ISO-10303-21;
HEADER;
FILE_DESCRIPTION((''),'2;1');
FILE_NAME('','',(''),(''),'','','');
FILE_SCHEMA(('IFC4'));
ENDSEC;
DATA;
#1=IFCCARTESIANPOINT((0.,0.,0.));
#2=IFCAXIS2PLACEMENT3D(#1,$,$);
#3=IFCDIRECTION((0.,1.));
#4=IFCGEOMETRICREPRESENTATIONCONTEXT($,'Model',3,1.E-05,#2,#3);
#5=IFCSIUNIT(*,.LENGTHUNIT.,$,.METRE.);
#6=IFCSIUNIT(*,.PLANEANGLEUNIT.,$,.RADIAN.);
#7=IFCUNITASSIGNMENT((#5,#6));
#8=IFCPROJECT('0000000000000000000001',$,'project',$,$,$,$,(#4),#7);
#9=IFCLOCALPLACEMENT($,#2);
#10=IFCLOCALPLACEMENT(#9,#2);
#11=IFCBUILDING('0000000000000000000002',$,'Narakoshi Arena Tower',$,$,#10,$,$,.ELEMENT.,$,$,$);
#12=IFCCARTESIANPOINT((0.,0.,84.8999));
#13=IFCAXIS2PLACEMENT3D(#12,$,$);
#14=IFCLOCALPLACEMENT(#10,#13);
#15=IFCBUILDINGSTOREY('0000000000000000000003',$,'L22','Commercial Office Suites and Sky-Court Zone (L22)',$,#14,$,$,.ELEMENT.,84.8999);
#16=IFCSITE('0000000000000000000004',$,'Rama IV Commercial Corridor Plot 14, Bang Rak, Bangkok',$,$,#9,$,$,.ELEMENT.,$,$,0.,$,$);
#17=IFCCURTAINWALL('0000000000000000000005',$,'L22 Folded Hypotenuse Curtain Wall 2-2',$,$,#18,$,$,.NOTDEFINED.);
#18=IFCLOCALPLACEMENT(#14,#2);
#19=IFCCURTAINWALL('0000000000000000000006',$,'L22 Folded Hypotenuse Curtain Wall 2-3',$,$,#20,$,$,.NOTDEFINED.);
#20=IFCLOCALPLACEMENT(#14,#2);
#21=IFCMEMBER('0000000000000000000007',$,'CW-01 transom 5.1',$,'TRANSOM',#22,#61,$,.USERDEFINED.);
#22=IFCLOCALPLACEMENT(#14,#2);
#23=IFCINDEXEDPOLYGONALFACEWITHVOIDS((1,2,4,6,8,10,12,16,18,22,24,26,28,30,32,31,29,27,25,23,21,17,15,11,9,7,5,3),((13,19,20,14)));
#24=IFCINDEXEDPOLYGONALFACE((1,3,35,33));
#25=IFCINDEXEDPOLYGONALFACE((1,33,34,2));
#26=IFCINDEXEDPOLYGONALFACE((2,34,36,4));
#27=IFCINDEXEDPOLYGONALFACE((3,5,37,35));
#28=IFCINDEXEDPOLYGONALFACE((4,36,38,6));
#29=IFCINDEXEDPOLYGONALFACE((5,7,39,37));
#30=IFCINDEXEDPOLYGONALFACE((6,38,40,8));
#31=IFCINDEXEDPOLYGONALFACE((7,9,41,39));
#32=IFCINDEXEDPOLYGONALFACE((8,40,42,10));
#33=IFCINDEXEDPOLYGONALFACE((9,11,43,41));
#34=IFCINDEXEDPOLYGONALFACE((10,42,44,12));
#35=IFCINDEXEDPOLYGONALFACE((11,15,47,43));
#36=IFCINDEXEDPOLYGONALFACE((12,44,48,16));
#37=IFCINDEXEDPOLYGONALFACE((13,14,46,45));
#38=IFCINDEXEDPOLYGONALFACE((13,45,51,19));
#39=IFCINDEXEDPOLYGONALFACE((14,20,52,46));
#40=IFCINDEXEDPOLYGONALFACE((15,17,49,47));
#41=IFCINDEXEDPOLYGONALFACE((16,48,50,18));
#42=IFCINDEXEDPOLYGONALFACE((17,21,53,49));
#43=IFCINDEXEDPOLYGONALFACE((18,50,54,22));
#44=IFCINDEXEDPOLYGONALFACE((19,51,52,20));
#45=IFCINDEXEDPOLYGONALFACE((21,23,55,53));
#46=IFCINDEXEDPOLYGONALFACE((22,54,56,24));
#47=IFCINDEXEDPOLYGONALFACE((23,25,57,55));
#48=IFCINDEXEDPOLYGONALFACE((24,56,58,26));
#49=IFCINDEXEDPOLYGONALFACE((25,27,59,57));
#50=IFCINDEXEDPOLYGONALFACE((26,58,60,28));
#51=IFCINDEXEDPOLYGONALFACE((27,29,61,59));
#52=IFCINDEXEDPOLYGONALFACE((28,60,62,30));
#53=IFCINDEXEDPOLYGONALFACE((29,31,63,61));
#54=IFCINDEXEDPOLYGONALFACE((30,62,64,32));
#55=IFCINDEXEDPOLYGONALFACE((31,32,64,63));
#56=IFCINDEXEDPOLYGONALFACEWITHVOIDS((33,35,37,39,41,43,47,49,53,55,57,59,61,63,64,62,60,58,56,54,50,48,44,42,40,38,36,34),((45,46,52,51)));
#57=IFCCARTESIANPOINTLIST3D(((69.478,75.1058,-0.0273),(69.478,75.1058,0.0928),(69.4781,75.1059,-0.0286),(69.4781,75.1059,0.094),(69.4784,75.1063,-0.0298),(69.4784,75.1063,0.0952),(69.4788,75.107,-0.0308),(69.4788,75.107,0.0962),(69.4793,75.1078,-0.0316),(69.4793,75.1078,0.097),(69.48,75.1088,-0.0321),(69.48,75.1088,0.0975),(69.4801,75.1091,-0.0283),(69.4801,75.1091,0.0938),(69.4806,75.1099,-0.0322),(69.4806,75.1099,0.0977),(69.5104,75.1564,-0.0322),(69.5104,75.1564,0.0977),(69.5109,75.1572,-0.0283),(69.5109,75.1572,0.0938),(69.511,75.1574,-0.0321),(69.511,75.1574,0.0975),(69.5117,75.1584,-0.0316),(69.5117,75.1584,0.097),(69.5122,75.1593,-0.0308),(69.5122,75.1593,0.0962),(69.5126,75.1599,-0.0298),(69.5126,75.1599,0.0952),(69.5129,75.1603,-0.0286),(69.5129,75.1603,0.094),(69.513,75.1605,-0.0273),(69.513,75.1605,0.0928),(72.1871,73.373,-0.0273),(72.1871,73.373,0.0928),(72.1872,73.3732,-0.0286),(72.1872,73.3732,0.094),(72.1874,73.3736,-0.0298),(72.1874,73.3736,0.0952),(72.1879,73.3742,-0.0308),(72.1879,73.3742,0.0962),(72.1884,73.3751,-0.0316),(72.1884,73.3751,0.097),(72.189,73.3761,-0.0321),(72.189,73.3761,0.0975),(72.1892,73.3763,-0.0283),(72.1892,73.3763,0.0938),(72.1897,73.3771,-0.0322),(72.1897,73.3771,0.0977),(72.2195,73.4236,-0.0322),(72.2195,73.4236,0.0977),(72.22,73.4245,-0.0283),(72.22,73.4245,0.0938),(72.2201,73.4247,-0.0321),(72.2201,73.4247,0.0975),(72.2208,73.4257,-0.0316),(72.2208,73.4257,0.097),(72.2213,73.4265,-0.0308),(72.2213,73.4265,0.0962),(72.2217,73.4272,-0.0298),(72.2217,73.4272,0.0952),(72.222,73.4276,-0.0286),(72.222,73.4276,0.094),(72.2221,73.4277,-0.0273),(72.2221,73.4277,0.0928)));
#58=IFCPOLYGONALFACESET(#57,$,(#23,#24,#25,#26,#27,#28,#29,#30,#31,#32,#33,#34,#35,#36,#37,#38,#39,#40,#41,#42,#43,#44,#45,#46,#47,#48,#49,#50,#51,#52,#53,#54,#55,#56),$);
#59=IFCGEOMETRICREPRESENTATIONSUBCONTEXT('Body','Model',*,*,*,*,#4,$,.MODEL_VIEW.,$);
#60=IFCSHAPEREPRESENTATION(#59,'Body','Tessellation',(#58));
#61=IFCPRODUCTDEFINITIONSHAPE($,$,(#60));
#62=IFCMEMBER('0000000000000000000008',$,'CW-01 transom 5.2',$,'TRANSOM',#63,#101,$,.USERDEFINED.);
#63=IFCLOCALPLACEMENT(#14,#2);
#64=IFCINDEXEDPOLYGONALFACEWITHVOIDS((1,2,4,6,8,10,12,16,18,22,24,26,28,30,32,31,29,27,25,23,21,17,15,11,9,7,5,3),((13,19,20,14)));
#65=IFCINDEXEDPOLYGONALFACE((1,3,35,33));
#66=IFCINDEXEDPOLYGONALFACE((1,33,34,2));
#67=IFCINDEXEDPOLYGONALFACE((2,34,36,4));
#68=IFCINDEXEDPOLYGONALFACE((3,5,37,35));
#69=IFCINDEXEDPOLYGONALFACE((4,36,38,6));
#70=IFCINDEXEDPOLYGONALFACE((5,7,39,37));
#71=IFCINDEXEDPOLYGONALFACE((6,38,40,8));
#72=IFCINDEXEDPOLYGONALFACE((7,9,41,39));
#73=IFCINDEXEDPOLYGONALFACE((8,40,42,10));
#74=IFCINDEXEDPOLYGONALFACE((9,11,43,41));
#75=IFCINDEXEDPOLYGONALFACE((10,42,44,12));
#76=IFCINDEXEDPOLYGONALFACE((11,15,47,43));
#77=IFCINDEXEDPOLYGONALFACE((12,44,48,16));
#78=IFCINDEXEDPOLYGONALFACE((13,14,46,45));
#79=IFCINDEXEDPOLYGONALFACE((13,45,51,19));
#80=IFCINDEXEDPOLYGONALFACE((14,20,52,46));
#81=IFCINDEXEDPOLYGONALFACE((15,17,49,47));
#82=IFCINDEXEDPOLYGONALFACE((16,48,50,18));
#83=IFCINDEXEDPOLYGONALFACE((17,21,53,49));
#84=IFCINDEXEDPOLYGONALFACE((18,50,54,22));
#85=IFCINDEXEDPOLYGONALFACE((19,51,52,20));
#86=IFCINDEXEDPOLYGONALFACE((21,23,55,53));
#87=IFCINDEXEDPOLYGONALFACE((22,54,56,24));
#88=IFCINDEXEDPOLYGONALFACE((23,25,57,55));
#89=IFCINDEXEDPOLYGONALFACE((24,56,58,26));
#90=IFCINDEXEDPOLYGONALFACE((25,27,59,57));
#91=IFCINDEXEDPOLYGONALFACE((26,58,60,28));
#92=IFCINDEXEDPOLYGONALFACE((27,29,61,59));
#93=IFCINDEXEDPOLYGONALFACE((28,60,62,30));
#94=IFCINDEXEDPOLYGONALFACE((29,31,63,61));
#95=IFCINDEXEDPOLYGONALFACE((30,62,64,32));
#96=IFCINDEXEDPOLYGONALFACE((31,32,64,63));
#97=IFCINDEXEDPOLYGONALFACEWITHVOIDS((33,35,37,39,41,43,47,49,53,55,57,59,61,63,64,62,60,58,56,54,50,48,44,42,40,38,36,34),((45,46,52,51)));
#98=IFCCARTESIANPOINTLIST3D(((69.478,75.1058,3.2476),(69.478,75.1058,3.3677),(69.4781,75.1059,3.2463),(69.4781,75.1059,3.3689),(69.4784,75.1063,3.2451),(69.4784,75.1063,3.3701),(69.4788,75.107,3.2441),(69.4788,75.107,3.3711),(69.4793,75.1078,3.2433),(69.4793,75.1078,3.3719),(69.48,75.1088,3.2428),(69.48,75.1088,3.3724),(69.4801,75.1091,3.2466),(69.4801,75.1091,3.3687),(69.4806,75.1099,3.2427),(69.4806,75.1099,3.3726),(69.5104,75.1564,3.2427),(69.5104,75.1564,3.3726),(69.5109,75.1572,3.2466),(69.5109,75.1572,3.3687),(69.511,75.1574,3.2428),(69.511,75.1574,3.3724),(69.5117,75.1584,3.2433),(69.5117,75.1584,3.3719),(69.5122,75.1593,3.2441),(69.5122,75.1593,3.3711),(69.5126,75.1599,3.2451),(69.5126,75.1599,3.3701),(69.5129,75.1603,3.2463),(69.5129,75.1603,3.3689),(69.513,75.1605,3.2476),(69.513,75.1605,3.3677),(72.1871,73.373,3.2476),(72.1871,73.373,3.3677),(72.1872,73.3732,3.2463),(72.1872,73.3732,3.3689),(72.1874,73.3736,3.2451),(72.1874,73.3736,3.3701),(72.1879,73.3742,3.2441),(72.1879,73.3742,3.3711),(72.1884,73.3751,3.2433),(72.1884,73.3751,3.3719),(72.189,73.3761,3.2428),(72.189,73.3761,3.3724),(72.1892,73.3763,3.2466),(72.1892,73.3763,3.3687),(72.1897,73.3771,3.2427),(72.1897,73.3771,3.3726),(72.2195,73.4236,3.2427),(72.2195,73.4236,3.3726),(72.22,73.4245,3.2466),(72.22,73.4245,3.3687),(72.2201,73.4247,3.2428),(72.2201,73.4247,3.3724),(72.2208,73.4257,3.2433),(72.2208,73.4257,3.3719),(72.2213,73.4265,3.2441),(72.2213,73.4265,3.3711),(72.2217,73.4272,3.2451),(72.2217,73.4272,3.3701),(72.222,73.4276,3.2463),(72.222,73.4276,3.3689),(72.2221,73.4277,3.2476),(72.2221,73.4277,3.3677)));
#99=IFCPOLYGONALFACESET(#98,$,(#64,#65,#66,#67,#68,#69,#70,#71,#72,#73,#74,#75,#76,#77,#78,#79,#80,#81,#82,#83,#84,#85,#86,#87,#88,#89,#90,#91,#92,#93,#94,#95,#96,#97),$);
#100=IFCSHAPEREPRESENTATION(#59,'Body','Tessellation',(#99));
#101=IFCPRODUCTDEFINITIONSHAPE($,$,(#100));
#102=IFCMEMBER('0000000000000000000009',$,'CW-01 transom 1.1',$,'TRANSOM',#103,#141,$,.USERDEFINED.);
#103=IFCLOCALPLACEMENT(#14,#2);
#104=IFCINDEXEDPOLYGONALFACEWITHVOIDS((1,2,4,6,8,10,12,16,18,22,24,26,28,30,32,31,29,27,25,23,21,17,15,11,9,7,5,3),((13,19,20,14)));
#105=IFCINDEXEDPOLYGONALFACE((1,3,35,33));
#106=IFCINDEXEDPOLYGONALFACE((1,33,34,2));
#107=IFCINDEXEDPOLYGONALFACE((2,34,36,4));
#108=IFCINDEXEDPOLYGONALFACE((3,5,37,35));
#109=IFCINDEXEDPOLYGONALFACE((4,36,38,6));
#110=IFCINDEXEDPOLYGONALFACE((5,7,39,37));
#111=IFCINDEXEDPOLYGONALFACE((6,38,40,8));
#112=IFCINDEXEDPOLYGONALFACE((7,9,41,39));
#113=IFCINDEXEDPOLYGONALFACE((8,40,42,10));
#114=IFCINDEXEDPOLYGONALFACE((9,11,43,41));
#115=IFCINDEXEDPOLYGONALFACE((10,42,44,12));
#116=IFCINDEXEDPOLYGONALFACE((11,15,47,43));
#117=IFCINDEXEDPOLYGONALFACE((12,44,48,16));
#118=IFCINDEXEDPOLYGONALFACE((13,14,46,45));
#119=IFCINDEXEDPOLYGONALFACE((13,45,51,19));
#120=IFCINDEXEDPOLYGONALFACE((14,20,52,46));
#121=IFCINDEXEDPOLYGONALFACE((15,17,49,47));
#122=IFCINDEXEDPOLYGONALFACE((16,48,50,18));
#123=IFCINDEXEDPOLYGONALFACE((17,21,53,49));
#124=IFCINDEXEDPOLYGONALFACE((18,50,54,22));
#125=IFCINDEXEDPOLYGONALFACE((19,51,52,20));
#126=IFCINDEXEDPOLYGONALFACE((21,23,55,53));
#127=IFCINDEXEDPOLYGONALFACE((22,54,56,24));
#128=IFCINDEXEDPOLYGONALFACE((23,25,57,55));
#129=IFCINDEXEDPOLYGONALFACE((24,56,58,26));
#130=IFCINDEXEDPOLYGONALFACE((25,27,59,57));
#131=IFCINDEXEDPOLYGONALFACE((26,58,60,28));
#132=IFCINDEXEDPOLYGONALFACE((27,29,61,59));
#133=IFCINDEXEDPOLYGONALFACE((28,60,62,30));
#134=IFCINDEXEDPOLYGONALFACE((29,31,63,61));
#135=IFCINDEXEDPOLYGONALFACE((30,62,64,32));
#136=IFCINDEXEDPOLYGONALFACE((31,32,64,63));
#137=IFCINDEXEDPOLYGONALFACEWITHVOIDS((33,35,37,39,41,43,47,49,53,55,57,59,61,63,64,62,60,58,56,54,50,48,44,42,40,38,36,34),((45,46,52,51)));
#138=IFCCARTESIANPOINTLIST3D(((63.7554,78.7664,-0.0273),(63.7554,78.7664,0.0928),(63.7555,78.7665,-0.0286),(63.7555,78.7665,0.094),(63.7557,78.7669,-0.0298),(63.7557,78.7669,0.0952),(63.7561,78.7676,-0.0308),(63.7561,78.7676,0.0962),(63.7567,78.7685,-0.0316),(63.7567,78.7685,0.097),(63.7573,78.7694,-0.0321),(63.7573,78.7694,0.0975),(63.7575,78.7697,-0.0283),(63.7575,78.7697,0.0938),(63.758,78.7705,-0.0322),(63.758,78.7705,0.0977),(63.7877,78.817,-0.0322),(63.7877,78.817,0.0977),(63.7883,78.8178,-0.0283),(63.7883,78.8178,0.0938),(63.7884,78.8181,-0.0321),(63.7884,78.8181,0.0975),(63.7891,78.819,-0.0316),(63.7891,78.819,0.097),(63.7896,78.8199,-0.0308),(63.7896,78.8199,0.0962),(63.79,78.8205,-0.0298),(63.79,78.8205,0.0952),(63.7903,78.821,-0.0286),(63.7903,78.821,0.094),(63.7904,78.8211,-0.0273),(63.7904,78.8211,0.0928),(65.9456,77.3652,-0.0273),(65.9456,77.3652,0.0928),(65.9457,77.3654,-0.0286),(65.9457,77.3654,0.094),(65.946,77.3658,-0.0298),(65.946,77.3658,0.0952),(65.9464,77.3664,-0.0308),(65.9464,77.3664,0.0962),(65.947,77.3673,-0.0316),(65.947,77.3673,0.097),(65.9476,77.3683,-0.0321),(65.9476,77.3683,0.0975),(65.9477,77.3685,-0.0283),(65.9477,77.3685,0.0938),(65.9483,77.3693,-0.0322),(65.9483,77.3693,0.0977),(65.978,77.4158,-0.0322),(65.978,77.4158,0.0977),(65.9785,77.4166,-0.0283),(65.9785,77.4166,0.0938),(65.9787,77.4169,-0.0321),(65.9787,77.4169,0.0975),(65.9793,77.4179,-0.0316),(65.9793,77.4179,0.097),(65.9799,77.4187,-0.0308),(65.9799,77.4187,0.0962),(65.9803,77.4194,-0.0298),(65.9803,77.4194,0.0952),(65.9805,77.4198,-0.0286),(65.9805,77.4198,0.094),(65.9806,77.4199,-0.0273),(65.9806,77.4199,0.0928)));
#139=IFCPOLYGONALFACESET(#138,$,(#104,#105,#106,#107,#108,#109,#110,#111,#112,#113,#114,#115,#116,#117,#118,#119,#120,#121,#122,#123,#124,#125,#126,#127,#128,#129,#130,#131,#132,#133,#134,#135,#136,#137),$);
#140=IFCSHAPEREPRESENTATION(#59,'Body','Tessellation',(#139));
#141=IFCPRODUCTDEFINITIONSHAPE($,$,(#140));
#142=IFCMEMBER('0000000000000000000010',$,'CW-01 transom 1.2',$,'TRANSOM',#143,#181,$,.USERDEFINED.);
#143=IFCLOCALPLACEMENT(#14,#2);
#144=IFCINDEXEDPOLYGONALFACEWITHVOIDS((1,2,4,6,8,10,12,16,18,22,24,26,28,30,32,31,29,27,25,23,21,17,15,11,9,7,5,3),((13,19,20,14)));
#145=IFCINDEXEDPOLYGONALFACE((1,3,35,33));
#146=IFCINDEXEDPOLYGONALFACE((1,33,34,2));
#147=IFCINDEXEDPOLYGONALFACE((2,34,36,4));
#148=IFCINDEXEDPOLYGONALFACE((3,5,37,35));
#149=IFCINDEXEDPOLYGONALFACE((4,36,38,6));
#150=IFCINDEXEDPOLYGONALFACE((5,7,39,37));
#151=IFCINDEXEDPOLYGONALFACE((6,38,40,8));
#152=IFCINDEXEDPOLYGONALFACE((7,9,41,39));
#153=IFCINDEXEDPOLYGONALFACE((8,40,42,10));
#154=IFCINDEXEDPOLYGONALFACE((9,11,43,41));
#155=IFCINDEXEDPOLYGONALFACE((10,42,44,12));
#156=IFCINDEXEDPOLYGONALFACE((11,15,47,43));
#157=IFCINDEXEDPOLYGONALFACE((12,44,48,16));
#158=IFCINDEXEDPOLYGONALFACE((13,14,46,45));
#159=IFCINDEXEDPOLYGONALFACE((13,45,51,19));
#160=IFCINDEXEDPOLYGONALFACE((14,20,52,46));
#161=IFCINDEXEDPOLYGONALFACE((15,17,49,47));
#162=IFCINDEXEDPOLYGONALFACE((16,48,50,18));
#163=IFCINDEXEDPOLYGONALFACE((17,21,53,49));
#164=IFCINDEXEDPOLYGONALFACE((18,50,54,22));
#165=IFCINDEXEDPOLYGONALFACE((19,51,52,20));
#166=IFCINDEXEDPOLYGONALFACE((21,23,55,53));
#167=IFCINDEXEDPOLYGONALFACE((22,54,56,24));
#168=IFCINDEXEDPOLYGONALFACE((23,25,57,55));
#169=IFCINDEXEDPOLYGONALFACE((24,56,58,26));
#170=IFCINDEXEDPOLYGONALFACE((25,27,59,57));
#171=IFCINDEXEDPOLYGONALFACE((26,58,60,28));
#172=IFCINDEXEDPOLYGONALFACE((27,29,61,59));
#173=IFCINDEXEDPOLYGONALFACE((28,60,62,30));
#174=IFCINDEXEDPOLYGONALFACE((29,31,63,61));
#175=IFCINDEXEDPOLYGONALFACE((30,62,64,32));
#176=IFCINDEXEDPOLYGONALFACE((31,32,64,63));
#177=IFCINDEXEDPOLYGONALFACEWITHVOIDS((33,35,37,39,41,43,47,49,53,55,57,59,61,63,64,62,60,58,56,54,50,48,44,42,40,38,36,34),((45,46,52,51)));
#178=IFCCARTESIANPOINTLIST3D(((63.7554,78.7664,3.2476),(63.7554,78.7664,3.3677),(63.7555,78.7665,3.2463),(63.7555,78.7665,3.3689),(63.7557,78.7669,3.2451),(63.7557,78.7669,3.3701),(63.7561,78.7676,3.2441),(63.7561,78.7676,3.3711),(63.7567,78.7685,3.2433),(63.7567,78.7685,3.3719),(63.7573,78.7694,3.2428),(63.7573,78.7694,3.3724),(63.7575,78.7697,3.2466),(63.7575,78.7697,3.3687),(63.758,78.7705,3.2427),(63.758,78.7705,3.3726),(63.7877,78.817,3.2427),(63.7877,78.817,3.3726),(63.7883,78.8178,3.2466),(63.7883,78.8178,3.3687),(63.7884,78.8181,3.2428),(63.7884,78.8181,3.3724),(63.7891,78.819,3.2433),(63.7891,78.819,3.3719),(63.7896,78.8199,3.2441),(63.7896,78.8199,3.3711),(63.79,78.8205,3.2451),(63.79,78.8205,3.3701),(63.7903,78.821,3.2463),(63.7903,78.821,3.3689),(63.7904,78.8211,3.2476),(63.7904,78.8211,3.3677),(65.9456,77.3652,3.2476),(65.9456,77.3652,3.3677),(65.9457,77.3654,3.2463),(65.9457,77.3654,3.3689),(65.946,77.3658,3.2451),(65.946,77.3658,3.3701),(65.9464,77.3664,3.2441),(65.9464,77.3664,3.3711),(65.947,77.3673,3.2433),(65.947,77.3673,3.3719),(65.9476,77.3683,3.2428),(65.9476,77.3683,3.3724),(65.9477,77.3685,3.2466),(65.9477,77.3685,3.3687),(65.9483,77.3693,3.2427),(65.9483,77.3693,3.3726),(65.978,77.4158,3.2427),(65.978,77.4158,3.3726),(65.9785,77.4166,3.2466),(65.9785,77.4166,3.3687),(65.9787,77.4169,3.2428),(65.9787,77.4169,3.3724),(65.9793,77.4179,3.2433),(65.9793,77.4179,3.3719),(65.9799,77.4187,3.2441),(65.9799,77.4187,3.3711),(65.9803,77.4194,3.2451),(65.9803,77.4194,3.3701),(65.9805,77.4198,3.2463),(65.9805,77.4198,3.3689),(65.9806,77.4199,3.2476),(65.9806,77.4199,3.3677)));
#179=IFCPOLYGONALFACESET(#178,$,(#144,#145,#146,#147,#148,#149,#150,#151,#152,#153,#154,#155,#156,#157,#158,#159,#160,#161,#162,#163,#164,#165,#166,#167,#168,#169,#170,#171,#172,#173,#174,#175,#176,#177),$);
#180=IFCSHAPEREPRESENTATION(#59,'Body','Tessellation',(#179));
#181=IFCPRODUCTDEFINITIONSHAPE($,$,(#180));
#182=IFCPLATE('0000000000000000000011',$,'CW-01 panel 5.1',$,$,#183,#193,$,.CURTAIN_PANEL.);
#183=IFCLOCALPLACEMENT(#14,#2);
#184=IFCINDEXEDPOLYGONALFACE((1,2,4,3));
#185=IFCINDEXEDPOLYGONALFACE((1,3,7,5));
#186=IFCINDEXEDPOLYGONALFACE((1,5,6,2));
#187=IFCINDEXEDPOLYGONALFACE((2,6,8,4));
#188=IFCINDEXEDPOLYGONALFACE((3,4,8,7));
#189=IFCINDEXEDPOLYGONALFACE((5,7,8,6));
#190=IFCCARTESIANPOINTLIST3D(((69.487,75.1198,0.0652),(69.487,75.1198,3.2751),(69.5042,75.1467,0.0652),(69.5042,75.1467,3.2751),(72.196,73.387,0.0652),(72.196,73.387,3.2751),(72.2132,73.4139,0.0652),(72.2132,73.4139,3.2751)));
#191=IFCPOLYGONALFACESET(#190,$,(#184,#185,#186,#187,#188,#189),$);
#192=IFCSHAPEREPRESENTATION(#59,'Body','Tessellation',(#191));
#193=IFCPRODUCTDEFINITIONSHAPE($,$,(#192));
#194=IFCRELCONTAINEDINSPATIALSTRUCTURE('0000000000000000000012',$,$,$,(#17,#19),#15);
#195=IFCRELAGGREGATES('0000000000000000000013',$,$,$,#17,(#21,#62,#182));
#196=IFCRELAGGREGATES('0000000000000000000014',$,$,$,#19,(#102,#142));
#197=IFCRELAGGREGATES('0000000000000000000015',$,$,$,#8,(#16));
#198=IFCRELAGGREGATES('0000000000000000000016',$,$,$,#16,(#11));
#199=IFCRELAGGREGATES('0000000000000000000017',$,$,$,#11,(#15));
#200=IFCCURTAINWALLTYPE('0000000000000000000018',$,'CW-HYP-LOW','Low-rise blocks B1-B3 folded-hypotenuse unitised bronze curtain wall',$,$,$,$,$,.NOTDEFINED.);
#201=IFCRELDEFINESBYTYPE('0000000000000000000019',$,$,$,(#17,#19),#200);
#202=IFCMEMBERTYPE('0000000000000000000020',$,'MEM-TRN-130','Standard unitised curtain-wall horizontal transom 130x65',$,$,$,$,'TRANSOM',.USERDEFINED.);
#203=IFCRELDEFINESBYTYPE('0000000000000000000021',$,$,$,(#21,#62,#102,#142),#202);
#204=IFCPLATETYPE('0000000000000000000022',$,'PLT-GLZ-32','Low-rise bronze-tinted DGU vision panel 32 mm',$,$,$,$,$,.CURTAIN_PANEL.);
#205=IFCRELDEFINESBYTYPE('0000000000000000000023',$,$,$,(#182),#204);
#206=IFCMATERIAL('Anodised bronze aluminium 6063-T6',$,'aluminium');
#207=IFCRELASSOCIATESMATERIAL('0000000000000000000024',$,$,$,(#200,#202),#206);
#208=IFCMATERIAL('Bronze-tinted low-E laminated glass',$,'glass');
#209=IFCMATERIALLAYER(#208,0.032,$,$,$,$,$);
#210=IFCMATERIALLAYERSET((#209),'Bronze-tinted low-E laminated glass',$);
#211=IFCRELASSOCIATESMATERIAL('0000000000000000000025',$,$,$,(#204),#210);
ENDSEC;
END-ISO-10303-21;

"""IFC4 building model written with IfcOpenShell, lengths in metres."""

from ifc_helpers import new_model, si_unit, direction, frame, origin, origin_2d, place, context, subcontext, project, spatial, rectangle, hollow_rectangle, extrude, material, layer, layer_set, material_profile, profile_set, type_object, element, aggregate, save


model = new_model("IFC4")

# Units and contexts
model_context = context("Model", 3, precision=1e-05, world=origin(), true_north=direction((0.0, 1.0)))
body_context = subcontext(model_context, "Body", "Model", "MODEL_VIEW")
ifc_project = project(units=[si_unit("LENGTHUNIT", "METRE"), si_unit("PLANEANGLEUNIT", "RADIAN")], contexts=[model_context])

# Site, building, storey
site_placement = place(None, origin())
site = spatial("IfcSite", under=ifc_project, at=site_placement, Name="Rama IV Commercial Corridor Plot 14, Bang Rak, Bangkok", CompositionType="ELEMENT", RefElevation=0.0)
building_placement = place(site_placement, origin())
building = spatial("IfcBuilding", under=site, at=building_placement, Name="Narakoshi Arena Tower", CompositionType="ELEMENT")
storey_placement = place(building_placement, frame((0.0, 0.0, 84.8999)))
storey = spatial("IfcBuildingStorey", under=building, at=storey_placement, Name="L22", Description="Commercial Office Suites and Sky-Court Zone (L22)", CompositionType="ELEMENT", Elevation=84.8999)

# Curtain walls
ifc_material_1 = material(Name="Anodised bronze aluminium 6063-T6", Category="aluminium")
curtain_wall_type = type_object("IfcCurtainWallType", Name="CW-HYP-LOW", Description="Low-rise blocks B1-B3 folded-hypotenuse unitised bronze curtain wall", PredefinedType="NOTDEFINED", material=ifc_material_1)
curtain_wall_1_placement = place(storey_placement, origin())
curtain_wall_1 = element("IfcCurtainWall", 1, at=curtain_wall_1_placement, inside=storey, type_object=curtain_wall_type, Name="L22 Folded Hypotenuse Curtain Wall 2-2", PredefinedType="NOTDEFINED")
curtain_wall_2_placement = place(storey_placement, origin())
curtain_wall_2 = element("IfcCurtainWall", 2, at=curtain_wall_2_placement, inside=storey, type_object=curtain_wall_type, Name="L22 Folded Hypotenuse Curtain Wall 2-3", PredefinedType="NOTDEFINED")

# Members
ifc_material_profile_1 = material_profile(ifc_material_1, hollow_rectangle(XDim=0.0649, YDim=0.1299, WallThickness=0.0039, OuterFilletRadius=0.0049, at=origin_2d()), Name="TRN130x65x4")
ifc_profile_set_1 = profile_set([ifc_material_profile_1], Name="Anodised bronze aluminium 6063-T6")
member_type_1 = type_object("IfcMemberType", Name="MEM-TRN-130", Description="Standard unitised curtain-wall horizontal transom 130x65", ElementType="TRANSOM", PredefinedType="USERDEFINED", material=ifc_profile_set_1)
member_1_placement = place(storey_placement, frame((72.2046, 73.4004, 0.0327), z_axis=(-0.842424, 0.538815, 0.0), x_axis=(-0.538815, -0.842424, 0.0)))
member_1 = element("IfcMember", 3, at=member_1_placement, type_object=member_type_1, Name="CW-01 transom 5.1", ObjectType="TRANSOM", PredefinedType="USERDEFINED", context=body_context, shape_type="SweptSolid", body=[
    extrude(hollow_rectangle(XDim=0.0649, YDim=0.1299, WallThickness=0.0039, OuterFilletRadius=0.0049, at=origin_2d()), origin(), (0.0, 0.0, 1.0), 3.2158),
])
member_2_placement = place(storey_placement, frame((72.2046, 73.4004, 3.3076), z_axis=(-0.842424, 0.538815, 0.0), x_axis=(-0.538815, -0.842424, 0.0)))
member_2 = element("IfcMember", 4, at=member_2_placement, type_object=member_type_1, Name="CW-01 transom 5.2", ObjectType="TRANSOM", PredefinedType="USERDEFINED", context=body_context, shape_type="SweptSolid", body=[
    extrude(hollow_rectangle(XDim=0.0649, YDim=0.1299, WallThickness=0.0039, OuterFilletRadius=0.0049, at=origin_2d()), origin(), (0.0, 0.0, 1.0), 3.2158),
])
member_3_placement = place(storey_placement, frame((65.9631, 77.3926, 0.0327), z_axis=(-0.842375, 0.538891, 0.0), x_axis=(-0.538891, -0.842375, 0.0)))
member_3 = element("IfcMember", 5, at=member_3_placement, type_object=member_type_1, Name="CW-01 transom 1.1", ObjectType="TRANSOM", PredefinedType="USERDEFINED", context=body_context, shape_type="SweptSolid", body=[
    extrude(hollow_rectangle(XDim=0.0649, YDim=0.1299, WallThickness=0.0039, OuterFilletRadius=0.0049, at=origin_2d()), origin(), (0.0, 0.0, 1.0), 2.6001),
])
member_4_placement = place(storey_placement, frame((65.9631, 77.3926, 3.3076), z_axis=(-0.842375, 0.538891, 0.0), x_axis=(-0.538891, -0.842375, 0.0)))
member_4 = element("IfcMember", 6, at=member_4_placement, type_object=member_type_1, Name="CW-01 transom 1.2", ObjectType="TRANSOM", PredefinedType="USERDEFINED", context=body_context, shape_type="SweptSolid", body=[
    extrude(hollow_rectangle(XDim=0.0649, YDim=0.1299, WallThickness=0.0039, OuterFilletRadius=0.0049, at=origin_2d()), origin(), (0.0, 0.0, 1.0), 2.6001),
])

# Plate
ifc_material_2 = material(Name="Bronze-tinted low-E laminated glass", Category="glass")
ifc_layer_1 = layer(ifc_material_2, 0.032)
ifc_layer_set_1 = layer_set([ifc_layer_1], Name="Bronze-tinted low-E laminated glass")
plate_type = type_object("IfcPlateType", Name="PLT-GLZ-32", Description="Low-rise bronze-tinted DGU vision panel 32 mm", PredefinedType="CURTAIN_PANEL", material=ifc_layer_set_1)
plate_1_placement = place(storey_placement, frame((70.8501, 74.2668, 0.0652), z_axis=(0.0, 0.0, 1.0), x_axis=(-0.842415, 0.538829, 0.0)))
plate_1 = element("IfcPlate", 7, at=plate_1_placement, type_object=plate_type, Name="CW-01 panel 5.1", PredefinedType="CURTAIN_PANEL", context=body_context, shape_type="SweptSolid", body=[
    extrude(rectangle(XDim=3.2158, YDim=0.032, at=origin_2d()), origin(), (0.0, 0.0, 1.0), 3.21),
])
aggregate(curtain_wall_1, [member_1, member_2, plate_1])
aggregate(curtain_wall_2, [member_3, member_4])

save(model, "model.ifc")
